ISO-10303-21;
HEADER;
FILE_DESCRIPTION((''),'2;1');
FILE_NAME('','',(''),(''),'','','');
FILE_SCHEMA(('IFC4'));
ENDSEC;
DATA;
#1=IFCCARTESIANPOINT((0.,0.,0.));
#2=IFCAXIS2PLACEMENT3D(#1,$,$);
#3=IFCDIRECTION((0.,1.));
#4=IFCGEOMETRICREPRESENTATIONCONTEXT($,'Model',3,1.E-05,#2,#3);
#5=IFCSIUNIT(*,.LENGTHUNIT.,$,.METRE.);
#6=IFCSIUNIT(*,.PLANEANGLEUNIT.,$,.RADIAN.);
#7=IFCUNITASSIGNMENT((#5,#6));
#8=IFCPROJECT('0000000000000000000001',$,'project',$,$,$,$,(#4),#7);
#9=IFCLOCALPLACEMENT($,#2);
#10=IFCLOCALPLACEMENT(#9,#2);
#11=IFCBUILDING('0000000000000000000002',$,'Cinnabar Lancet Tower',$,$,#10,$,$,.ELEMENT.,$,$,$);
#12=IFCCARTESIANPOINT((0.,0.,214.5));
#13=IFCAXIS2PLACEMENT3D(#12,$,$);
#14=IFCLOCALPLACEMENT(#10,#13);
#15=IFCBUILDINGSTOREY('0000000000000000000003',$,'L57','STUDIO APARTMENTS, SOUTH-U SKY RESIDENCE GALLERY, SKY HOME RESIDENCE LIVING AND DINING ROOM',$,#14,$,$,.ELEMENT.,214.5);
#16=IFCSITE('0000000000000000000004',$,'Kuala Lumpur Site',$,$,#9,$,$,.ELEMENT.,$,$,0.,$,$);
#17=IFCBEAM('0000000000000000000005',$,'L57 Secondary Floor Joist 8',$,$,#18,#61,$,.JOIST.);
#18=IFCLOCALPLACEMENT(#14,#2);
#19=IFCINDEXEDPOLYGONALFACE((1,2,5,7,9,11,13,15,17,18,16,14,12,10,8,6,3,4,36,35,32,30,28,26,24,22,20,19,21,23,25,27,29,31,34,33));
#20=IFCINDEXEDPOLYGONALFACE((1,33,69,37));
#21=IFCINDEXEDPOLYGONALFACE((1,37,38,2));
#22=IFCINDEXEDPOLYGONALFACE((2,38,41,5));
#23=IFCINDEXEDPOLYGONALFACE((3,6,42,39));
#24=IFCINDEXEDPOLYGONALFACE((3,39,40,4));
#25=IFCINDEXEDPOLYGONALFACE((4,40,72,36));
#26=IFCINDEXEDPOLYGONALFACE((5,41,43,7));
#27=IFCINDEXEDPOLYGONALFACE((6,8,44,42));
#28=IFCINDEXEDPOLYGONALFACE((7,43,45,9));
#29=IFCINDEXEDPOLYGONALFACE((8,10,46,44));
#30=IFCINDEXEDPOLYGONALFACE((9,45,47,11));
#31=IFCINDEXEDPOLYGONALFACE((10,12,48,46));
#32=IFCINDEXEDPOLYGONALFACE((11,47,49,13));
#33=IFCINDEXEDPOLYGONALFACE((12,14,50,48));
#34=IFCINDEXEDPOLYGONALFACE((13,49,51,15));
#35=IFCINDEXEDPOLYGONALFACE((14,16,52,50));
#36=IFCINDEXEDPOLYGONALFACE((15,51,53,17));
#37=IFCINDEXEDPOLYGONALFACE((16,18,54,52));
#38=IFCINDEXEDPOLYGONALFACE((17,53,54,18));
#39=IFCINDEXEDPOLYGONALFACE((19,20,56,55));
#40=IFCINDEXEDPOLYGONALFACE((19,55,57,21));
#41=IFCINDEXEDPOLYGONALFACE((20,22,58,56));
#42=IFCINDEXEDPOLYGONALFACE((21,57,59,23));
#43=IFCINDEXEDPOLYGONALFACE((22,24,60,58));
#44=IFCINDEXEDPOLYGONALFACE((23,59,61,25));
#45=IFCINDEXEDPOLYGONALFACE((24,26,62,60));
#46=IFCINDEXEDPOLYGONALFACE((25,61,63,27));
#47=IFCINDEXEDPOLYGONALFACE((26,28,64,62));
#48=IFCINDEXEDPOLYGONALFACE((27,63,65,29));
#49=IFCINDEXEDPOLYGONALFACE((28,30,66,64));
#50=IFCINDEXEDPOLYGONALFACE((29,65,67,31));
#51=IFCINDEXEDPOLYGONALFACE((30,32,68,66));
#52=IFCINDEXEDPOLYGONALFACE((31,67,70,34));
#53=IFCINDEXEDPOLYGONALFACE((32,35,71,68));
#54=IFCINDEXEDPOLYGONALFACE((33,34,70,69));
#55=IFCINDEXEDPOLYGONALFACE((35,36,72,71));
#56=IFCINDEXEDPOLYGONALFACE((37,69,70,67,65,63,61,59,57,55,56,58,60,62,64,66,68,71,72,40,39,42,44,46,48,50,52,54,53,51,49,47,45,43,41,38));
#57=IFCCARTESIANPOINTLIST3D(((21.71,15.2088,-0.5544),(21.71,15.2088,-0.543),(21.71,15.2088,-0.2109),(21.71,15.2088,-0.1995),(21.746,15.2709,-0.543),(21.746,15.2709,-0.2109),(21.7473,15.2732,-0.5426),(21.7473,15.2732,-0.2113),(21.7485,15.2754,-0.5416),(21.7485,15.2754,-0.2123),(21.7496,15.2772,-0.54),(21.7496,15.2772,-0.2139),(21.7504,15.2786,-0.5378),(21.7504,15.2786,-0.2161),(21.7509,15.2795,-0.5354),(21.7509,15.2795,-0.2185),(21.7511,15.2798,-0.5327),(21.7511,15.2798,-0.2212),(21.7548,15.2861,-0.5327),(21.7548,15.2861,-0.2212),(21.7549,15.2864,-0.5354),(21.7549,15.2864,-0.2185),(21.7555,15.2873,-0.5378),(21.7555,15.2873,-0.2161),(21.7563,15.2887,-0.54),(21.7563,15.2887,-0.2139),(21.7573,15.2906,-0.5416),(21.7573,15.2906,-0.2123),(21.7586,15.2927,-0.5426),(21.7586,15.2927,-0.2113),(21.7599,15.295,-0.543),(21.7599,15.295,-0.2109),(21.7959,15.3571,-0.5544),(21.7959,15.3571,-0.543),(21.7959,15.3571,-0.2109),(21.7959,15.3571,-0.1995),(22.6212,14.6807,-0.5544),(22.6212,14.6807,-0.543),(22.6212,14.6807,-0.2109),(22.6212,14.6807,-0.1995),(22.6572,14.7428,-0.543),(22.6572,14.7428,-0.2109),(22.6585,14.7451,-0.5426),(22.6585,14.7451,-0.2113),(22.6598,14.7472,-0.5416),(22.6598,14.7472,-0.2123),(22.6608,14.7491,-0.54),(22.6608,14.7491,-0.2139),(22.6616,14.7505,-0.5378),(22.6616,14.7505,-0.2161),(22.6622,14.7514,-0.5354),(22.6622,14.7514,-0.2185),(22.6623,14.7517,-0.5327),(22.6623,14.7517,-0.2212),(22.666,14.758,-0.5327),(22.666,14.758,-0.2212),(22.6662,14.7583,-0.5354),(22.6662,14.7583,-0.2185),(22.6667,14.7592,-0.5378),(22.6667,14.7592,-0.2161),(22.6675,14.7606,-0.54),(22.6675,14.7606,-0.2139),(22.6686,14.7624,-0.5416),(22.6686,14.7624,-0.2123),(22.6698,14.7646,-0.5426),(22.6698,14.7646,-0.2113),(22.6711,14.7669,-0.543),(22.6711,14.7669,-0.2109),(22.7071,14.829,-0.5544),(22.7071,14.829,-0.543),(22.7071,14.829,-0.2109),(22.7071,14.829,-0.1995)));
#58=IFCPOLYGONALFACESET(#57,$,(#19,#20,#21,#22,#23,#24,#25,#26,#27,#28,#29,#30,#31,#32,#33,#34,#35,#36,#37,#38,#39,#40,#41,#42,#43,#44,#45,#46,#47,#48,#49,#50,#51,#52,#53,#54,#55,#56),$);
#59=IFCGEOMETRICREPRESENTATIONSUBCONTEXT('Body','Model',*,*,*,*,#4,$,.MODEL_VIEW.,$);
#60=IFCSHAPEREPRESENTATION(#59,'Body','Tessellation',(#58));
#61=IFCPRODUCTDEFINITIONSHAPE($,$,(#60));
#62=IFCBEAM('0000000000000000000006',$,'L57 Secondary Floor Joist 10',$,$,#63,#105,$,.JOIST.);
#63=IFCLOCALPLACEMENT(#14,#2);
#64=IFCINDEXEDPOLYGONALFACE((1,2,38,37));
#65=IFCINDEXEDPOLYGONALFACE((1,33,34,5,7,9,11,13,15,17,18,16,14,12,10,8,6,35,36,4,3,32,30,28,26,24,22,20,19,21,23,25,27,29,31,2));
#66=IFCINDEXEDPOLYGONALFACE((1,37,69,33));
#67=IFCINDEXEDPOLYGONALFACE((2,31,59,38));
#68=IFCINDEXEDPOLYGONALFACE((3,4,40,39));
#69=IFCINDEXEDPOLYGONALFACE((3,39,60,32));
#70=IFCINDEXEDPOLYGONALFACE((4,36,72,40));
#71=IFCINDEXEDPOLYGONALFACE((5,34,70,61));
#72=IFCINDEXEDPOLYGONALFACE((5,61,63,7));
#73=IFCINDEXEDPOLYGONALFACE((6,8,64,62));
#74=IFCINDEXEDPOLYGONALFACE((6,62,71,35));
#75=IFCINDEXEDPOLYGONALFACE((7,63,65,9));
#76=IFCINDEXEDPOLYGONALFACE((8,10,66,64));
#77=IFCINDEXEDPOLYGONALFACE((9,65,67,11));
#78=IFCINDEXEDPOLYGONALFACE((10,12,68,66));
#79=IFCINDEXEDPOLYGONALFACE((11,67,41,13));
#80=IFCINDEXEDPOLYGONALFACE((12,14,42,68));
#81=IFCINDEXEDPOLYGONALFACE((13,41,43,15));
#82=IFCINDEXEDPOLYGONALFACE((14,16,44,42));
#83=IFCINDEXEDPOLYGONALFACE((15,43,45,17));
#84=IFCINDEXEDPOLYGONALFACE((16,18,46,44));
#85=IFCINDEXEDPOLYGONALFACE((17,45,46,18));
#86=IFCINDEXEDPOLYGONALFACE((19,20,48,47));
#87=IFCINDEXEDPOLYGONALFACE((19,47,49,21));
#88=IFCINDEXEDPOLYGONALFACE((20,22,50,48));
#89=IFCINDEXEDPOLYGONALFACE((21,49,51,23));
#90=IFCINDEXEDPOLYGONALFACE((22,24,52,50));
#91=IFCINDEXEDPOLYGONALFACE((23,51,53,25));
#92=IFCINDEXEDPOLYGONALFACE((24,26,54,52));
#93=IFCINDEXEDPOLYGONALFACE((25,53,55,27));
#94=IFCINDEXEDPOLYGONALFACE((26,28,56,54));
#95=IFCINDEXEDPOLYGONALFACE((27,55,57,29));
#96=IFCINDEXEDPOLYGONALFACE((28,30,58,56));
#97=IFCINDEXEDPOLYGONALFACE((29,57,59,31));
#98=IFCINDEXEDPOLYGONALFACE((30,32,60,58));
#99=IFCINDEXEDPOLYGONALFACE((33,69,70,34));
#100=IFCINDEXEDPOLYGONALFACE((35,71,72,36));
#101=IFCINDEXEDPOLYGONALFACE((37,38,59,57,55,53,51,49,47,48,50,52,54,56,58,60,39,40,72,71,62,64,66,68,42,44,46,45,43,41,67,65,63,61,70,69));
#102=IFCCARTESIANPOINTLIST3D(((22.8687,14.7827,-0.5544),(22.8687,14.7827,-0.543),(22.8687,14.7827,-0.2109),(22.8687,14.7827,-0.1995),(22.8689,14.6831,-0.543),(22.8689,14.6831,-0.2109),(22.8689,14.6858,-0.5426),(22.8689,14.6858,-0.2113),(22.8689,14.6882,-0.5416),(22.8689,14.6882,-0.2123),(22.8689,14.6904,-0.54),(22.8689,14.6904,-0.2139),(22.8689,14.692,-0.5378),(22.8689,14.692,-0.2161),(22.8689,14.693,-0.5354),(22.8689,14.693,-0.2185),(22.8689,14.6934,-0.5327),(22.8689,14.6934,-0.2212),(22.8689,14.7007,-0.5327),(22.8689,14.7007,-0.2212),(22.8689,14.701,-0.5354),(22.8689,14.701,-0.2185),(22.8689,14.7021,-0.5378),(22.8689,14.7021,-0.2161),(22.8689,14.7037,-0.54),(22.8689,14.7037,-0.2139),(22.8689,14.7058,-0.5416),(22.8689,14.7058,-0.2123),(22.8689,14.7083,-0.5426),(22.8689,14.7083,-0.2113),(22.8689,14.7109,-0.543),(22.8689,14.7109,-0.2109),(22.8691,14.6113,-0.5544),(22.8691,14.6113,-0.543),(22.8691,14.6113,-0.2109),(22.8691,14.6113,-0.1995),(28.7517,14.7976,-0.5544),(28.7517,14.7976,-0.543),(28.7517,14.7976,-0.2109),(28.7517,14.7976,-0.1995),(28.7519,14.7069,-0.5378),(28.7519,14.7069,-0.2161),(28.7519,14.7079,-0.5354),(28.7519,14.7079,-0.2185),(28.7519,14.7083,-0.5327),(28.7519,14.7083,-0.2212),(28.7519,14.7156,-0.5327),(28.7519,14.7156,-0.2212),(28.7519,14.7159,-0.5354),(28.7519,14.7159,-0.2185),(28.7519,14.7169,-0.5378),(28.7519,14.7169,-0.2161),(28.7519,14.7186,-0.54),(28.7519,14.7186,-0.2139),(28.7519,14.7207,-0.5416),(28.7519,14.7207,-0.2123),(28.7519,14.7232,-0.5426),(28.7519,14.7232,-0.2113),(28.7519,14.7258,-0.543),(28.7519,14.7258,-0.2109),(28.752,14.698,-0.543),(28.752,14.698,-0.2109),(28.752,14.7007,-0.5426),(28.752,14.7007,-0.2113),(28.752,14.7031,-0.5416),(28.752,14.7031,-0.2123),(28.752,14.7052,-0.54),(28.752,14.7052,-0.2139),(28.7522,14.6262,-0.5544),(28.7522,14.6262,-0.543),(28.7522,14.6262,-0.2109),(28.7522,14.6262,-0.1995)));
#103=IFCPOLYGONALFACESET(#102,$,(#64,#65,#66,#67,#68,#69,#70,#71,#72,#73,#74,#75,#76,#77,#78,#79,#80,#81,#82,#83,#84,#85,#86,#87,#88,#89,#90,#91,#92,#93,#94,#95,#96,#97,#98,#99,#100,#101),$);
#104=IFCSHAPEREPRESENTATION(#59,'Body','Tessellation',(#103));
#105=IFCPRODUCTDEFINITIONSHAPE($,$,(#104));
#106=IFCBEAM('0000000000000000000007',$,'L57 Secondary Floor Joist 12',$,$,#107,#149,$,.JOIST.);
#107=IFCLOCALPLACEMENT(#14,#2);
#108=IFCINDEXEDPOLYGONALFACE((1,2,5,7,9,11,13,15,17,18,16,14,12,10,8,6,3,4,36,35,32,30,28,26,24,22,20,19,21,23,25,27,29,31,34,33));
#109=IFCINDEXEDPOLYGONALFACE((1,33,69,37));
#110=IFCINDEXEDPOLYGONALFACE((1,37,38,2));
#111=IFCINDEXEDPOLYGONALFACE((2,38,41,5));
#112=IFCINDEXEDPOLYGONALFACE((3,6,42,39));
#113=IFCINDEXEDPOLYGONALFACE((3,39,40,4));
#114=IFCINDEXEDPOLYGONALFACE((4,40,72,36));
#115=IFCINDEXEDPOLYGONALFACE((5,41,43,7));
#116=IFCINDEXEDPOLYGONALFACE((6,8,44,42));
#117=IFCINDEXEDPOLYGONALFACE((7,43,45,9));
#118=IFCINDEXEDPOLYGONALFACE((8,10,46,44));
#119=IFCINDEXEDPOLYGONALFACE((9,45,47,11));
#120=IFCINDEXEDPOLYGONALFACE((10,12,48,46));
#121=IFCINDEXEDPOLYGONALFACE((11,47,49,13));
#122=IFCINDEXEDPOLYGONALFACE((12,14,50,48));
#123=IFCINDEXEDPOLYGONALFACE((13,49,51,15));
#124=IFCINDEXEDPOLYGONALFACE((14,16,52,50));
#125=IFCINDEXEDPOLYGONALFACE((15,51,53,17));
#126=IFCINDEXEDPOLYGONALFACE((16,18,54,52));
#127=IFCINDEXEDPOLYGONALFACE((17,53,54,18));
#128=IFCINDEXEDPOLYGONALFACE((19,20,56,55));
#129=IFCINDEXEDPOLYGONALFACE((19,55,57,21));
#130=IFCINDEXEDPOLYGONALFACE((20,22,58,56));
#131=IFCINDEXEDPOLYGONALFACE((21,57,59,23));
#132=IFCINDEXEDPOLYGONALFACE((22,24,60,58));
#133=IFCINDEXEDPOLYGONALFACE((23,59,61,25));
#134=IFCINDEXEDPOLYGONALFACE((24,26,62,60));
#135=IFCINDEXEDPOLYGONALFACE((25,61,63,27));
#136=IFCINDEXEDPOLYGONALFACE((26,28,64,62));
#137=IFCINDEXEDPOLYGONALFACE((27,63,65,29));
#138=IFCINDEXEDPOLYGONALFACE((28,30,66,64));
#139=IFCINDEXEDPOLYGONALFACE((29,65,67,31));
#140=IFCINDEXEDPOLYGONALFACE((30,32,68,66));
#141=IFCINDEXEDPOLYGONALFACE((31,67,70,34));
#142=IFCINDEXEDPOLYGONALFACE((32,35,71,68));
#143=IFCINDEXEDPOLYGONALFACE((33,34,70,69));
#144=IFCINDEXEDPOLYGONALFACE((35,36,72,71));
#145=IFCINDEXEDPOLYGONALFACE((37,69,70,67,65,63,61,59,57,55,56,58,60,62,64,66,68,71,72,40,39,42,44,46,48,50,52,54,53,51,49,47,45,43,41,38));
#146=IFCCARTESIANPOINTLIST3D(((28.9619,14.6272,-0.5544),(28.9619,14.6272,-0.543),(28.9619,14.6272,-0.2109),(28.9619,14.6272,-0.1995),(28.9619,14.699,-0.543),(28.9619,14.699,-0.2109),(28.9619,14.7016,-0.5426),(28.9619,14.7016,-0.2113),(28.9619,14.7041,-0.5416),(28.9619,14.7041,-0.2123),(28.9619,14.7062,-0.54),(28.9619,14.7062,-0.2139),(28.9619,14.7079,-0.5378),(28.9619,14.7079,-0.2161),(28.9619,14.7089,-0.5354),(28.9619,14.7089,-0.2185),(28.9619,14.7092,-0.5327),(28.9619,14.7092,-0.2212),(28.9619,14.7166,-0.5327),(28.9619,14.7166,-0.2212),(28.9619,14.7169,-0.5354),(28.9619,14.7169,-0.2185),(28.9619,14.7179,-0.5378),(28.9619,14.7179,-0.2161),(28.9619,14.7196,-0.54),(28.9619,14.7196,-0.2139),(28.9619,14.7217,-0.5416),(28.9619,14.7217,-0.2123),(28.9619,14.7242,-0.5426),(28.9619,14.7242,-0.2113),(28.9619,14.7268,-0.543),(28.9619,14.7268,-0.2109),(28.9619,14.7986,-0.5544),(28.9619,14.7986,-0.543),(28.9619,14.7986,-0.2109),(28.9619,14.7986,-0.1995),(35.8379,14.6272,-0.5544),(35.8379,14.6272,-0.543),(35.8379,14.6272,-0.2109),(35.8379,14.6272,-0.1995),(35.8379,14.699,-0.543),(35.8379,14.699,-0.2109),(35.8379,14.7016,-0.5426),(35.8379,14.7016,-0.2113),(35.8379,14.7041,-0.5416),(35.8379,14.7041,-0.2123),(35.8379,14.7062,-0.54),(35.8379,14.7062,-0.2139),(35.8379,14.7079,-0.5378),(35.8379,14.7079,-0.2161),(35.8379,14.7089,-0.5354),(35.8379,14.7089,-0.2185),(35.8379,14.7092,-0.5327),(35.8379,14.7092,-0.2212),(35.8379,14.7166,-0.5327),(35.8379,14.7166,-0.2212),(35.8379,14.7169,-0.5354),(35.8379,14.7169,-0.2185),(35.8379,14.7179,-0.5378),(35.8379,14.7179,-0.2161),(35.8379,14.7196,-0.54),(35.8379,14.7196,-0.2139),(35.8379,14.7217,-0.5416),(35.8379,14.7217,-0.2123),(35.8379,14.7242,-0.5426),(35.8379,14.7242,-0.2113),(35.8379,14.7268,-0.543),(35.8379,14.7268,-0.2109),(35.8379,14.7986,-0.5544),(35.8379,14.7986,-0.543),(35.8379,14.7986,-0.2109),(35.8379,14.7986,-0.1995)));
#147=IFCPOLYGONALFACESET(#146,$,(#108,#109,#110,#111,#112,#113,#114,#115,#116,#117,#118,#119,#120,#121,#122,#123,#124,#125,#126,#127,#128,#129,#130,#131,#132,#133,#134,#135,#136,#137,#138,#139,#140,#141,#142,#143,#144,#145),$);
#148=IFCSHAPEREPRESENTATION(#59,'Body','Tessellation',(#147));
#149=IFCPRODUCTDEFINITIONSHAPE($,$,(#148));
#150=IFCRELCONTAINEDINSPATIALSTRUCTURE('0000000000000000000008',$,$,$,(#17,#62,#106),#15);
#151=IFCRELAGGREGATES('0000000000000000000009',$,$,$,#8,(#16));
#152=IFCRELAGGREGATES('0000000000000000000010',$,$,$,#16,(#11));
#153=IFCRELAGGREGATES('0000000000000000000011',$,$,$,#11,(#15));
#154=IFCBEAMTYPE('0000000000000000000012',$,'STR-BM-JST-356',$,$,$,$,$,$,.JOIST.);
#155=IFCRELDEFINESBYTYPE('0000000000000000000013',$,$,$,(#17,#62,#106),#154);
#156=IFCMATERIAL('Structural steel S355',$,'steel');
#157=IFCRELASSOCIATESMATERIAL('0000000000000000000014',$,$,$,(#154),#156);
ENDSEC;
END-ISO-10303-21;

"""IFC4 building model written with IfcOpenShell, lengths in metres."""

from ifc_helpers import new_model, si_unit, direction, frame, origin, origin_2d, place, context, subcontext, project, spatial, i_section, extrude, material, material_profile, profile_set, type_object, element, save


model = new_model("IFC4")

# Units and contexts
model_context = context("Model", 3, precision=1e-05, world=origin(), true_north=direction((0.0, 1.0)))
body_context = subcontext(model_context, "Body", "Model", "MODEL_VIEW")
ifc_project = project(units=[si_unit("LENGTHUNIT", "METRE"), si_unit("PLANEANGLEUNIT", "RADIAN")], contexts=[model_context])

# Site, building, storey
site_placement = place(None, origin())
site = spatial("IfcSite", under=ifc_project, at=site_placement, Name="Kuala Lumpur Site", CompositionType="ELEMENT", RefElevation=0.0)
building_placement = place(site_placement, origin())
building = spatial("IfcBuilding", under=site, at=building_placement, Name="Cinnabar Lancet Tower", CompositionType="ELEMENT")
storey_placement = place(building_placement, frame((0.0, 0.0, 214.5)))
storey = spatial("IfcBuildingStorey", under=building, at=storey_placement, Name="L57", Description="STUDIO APARTMENTS, SOUTH-U SKY RESIDENCE GALLERY, SKY HOME RESIDENCE LIVING AND DINING ROOM", CompositionType="ELEMENT", Elevation=214.5)

# Beams
ifc_material_1 = material(Name="Structural steel S355", Category="steel")
ifc_material_profile_1 = material_profile(ifc_material_1, i_section(OverallWidth=0.1714, OverallDepth=0.355, WebThickness=0.0073, FlangeThickness=0.0115, FilletRadius=0.0103, at=origin_2d()), Name="UKB 356x171x51")
ifc_profile_set_1 = profile_set([ifc_material_profile_1], Name="Structural steel S355")
beam_type_1 = type_object("IfcBeamType", Name="STR-BM-JST-356", PredefinedType="JOIST", material=ifc_profile_set_1)
beam_1_placement = place(storey_placement, frame((21.7529, 15.283, -0.377), z_axis=(0.865188, -0.501447, 0.0), x_axis=(0.501447, 0.865188, 0.0)))
element("IfcBeam", 1, at=beam_1_placement, inside=storey, type_object=beam_type_1, Name="L57 Secondary Floor Joist 8", PredefinedType="JOIST", context=body_context, shape_type="SweptSolid", body=[
    extrude(i_section(OverallWidth=0.1714, OverallDepth=0.355, WebThickness=0.0073, FlangeThickness=0.0115, FilletRadius=0.0103, at=origin_2d()), origin(), (0.0, 0.0, 1.0), 1.0532),
])
beam_2_placement = place(storey_placement, frame((22.8689, 14.697, -0.377), z_axis=(0.999997, 0.002531, 0.0), x_axis=(-0.002531, 0.999997, 0.0)))
element("IfcBeam", 2, at=beam_2_placement, inside=storey, type_object=beam_type_1, Name="L57 Secondary Floor Joist 10", PredefinedType="JOIST", context=body_context, shape_type="SweptSolid", body=[
    extrude(i_section(OverallWidth=0.1714, OverallDepth=0.355, WebThickness=0.0073, FlangeThickness=0.0115, FilletRadius=0.0103, at=origin_2d()), origin(), (0.0, 0.0, 1.0), 5.8831),
])
beam_3_placement = place(storey_placement, frame((28.9619, 14.7129, -0.377), z_axis=(1.0, 0.0, 0.0), x_axis=(0.0, 1.0, 0.0)))
element("IfcBeam", 3, at=beam_3_placement, inside=storey, type_object=beam_type_1, Name="L57 Secondary Floor Joist 12", PredefinedType="JOIST", context=body_context, shape_type="SweptSolid", body=[
    extrude(i_section(OverallWidth=0.1714, OverallDepth=0.355, WebThickness=0.0073, FlangeThickness=0.0115, FilletRadius=0.0103, at=origin_2d()), origin(), (0.0, 0.0, 1.0), 6.876),
])

save(model, "model.ifc")
